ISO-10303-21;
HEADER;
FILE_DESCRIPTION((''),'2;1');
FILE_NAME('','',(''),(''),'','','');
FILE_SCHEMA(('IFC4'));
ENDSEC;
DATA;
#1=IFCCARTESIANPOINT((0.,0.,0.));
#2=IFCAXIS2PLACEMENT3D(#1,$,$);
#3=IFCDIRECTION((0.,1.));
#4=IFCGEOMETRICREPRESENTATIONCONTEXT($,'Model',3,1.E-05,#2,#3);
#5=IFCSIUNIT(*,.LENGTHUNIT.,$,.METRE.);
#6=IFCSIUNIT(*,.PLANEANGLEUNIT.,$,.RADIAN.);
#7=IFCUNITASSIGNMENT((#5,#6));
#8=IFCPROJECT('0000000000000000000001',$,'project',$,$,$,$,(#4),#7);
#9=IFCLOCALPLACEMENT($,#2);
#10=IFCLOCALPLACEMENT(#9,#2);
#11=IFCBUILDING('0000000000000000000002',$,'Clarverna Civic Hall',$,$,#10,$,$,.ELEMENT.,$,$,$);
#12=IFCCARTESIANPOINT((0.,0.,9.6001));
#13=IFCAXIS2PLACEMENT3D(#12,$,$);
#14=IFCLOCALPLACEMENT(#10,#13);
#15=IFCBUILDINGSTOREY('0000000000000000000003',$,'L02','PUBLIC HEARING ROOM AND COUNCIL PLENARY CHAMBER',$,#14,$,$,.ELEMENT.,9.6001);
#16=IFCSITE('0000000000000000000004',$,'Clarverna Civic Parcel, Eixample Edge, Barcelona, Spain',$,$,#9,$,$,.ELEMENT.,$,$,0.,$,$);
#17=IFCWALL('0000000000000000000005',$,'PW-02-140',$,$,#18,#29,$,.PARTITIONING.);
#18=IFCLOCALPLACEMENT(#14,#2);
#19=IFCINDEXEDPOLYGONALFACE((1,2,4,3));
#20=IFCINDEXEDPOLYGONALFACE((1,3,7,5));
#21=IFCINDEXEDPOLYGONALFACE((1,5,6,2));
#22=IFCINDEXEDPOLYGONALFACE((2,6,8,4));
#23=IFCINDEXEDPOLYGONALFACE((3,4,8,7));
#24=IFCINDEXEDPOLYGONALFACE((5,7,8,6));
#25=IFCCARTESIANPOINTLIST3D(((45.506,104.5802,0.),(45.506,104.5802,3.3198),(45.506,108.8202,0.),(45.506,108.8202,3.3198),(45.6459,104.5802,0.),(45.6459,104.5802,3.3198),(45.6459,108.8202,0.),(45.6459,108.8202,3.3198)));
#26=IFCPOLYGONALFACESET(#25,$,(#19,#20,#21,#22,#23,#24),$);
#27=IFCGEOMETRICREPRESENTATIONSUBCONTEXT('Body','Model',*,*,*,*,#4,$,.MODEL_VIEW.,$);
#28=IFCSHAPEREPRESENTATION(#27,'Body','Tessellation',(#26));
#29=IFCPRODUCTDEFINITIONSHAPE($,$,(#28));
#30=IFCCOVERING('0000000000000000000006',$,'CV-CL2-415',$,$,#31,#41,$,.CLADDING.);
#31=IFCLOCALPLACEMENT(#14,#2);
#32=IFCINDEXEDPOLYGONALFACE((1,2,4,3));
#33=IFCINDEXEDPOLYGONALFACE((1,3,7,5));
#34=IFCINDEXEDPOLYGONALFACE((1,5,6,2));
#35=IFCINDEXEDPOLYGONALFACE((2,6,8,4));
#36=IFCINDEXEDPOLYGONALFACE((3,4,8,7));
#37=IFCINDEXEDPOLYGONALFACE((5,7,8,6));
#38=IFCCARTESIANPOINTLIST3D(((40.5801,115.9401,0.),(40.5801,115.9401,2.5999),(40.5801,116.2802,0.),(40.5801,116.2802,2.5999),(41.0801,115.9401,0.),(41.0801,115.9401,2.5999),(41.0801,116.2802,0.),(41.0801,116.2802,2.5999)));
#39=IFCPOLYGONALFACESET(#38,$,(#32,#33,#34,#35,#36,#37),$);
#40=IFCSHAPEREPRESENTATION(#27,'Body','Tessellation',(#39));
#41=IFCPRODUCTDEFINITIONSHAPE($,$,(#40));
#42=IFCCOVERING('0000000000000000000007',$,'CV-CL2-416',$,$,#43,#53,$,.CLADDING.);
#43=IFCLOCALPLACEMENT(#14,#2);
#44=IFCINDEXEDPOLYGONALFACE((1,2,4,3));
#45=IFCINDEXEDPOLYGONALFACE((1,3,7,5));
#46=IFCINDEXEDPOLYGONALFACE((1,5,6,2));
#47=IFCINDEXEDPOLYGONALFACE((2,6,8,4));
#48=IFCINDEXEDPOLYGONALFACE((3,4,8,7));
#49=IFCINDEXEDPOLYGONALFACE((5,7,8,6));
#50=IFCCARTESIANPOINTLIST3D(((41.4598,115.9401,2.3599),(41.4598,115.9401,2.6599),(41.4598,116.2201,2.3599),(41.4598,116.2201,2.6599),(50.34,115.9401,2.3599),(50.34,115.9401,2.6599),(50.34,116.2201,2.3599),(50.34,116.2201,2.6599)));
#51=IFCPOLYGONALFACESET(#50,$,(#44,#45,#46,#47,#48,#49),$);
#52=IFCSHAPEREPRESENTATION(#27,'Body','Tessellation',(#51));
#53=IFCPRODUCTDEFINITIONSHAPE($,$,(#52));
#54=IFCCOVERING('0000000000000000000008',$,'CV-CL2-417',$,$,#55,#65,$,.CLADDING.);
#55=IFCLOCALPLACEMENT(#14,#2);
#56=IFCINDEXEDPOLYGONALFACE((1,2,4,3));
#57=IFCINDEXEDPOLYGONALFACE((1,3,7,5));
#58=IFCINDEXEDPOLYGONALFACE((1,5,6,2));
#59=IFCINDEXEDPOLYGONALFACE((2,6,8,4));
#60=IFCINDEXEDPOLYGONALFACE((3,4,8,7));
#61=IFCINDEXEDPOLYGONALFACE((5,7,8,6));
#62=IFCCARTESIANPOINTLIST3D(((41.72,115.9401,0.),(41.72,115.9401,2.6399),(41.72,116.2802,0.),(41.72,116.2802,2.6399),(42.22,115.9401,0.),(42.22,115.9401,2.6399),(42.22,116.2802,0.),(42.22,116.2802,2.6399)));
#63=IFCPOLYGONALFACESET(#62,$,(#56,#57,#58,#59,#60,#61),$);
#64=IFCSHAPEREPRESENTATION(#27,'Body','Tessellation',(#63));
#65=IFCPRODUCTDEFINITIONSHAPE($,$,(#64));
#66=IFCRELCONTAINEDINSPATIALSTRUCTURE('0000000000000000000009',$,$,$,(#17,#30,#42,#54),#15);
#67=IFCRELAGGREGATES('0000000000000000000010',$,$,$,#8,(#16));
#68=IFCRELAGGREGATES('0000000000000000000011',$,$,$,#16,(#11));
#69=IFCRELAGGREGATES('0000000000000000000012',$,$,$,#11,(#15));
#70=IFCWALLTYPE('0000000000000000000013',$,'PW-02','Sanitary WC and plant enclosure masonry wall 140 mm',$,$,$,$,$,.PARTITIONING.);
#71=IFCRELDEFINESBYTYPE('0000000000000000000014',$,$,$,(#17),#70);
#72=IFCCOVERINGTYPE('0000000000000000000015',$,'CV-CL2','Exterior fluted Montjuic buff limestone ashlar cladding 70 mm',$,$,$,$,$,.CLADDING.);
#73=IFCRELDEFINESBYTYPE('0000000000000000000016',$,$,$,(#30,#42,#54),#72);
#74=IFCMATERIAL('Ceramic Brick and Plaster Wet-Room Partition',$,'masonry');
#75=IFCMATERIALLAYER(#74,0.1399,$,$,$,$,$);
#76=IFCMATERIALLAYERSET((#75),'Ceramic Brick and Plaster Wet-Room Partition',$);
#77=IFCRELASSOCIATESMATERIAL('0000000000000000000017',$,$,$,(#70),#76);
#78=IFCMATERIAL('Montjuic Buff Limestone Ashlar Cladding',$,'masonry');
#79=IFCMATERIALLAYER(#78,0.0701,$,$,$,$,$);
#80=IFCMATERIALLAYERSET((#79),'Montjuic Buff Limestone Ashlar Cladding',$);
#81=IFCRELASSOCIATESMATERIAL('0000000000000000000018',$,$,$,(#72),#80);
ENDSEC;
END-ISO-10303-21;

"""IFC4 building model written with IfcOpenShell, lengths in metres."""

from ifc_helpers import new_model, si_unit, direction, frame, frame_2d, origin, place, context, subcontext, project, spatial, rectangle, extrude, material, layer, layer_set, type_object, element, save


model = new_model("IFC4")

# Units and contexts
model_context = context("Model", 3, precision=1e-05, world=origin(), true_north=direction((0.0, 1.0)))
body_context = subcontext(model_context, "Body", "Model", "MODEL_VIEW")
ifc_project = project(units=[si_unit("LENGTHUNIT", "METRE"), si_unit("PLANEANGLEUNIT", "RADIAN")], contexts=[model_context])

# Site, building, storey
site_placement = place(None, origin())
site = spatial("IfcSite", under=ifc_project, at=site_placement, Name="Clarverna Civic Parcel, Eixample Edge, Barcelona, Spain", CompositionType="ELEMENT", RefElevation=0.0)
building_placement = place(site_placement, origin())
building = spatial("IfcBuilding", under=site, at=building_placement, Name="Clarverna Civic Hall", CompositionType="ELEMENT")
storey_placement = place(building_placement, frame((0.0, 0.0, 9.6001)))
storey = spatial("IfcBuildingStorey", under=building, at=storey_placement, Name="L02", Description="PUBLIC HEARING ROOM AND COUNCIL PLENARY CHAMBER", CompositionType="ELEMENT", Elevation=9.6001)

# Wall
ifc_material_1 = material(Name="Ceramic Brick and Plaster Wet-Room Partition", Category="masonry")
ifc_layer_1 = layer(ifc_material_1, 0.1399)
ifc_layer_set_1 = layer_set([ifc_layer_1], Name="Ceramic Brick and Plaster Wet-Room Partition")
wall_type_1 = type_object("IfcWallType", Name="PW-02", Description="Sanitary WC and plant enclosure masonry wall 140 mm", PredefinedType="PARTITIONING", material=ifc_layer_set_1)
for number, where, z_axis, x_axis, name in (
    (1, (45.5759, 104.5801, 0.0), (0.0, 0.0, 1.0), (0.0, 1.0, 0.0), "PW-02-140"),
):
    element("IfcWall", number, at=place(storey_placement, frame(where, z_axis=z_axis, x_axis=x_axis)), inside=storey, type_object=wall_type_1, Name=name, PredefinedType="PARTITIONING", context=body_context, shape_type="SweptSolid", body=[
        extrude(rectangle(XDim=4.24, YDim=0.1399, at=frame_2d((2.1201, 0.0))), origin(), (0.0, 0.0, 1.0), 3.3198),
    ])

# Coverings
ifc_material_2 = material(Name="Montjuic Buff Limestone Ashlar Cladding", Category="masonry")
ifc_layer_2 = layer(ifc_material_2, 0.0701)
ifc_layer_set_2 = layer_set([ifc_layer_2], Name="Montjuic Buff Limestone Ashlar Cladding")
covering_type = type_object("IfcCoveringType", Name="CV-CL2", Description="Exterior fluted Montjuic buff limestone ashlar cladding 70 mm", PredefinedType="CLADDING", material=ifc_layer_set_2)
covering_1_placement = place(storey_placement, frame((40.5801, 116.1101, 0.0), z_axis=(0.0, 0.0, 1.0), x_axis=(1.0, 0.0, 0.0)))
element("IfcCovering", 2, at=covering_1_placement, inside=storey, type_object=covering_type, Name="CV-CL2-415", PredefinedType="CLADDING", context=body_context, shape_type="SweptSolid", body=[
    extrude(rectangle(XDim=0.5, YDim=0.3401, at=frame_2d((0.25, 0.0))), origin(), (0.0, 0.0, 1.0), 2.5999),
])
covering_2_placement = place(storey_placement, frame((41.46, 116.0801, 2.3599), z_axis=(0.0, 0.0, 1.0), x_axis=(1.0, 0.0, 0.0)))
element("IfcCovering", 3, at=covering_2_placement, inside=storey, type_object=covering_type, Name="CV-CL2-416", PredefinedType="CLADDING", context=body_context, shape_type="SweptSolid", body=[
    extrude(rectangle(XDim=8.8801, YDim=0.28, at=frame_2d((4.4399, 0.0))), origin(), (0.0, 0.0, 1.0), 0.3),
])
covering_3_placement = place(storey_placement, frame((41.72, 116.1101, 0.0), z_axis=(0.0, 0.0, 1.0), x_axis=(1.0, 0.0, 0.0)))
element("IfcCovering", 4, at=covering_3_placement, inside=storey, type_object=covering_type, Name="CV-CL2-417", PredefinedType="CLADDING", context=body_context, shape_type="SweptSolid", body=[
    extrude(rectangle(XDim=0.5, YDim=0.3401, at=frame_2d((0.25, 0.0))), origin(), (0.0, 0.0, 1.0), 2.6399),
])

save(model, "model.ifc")
